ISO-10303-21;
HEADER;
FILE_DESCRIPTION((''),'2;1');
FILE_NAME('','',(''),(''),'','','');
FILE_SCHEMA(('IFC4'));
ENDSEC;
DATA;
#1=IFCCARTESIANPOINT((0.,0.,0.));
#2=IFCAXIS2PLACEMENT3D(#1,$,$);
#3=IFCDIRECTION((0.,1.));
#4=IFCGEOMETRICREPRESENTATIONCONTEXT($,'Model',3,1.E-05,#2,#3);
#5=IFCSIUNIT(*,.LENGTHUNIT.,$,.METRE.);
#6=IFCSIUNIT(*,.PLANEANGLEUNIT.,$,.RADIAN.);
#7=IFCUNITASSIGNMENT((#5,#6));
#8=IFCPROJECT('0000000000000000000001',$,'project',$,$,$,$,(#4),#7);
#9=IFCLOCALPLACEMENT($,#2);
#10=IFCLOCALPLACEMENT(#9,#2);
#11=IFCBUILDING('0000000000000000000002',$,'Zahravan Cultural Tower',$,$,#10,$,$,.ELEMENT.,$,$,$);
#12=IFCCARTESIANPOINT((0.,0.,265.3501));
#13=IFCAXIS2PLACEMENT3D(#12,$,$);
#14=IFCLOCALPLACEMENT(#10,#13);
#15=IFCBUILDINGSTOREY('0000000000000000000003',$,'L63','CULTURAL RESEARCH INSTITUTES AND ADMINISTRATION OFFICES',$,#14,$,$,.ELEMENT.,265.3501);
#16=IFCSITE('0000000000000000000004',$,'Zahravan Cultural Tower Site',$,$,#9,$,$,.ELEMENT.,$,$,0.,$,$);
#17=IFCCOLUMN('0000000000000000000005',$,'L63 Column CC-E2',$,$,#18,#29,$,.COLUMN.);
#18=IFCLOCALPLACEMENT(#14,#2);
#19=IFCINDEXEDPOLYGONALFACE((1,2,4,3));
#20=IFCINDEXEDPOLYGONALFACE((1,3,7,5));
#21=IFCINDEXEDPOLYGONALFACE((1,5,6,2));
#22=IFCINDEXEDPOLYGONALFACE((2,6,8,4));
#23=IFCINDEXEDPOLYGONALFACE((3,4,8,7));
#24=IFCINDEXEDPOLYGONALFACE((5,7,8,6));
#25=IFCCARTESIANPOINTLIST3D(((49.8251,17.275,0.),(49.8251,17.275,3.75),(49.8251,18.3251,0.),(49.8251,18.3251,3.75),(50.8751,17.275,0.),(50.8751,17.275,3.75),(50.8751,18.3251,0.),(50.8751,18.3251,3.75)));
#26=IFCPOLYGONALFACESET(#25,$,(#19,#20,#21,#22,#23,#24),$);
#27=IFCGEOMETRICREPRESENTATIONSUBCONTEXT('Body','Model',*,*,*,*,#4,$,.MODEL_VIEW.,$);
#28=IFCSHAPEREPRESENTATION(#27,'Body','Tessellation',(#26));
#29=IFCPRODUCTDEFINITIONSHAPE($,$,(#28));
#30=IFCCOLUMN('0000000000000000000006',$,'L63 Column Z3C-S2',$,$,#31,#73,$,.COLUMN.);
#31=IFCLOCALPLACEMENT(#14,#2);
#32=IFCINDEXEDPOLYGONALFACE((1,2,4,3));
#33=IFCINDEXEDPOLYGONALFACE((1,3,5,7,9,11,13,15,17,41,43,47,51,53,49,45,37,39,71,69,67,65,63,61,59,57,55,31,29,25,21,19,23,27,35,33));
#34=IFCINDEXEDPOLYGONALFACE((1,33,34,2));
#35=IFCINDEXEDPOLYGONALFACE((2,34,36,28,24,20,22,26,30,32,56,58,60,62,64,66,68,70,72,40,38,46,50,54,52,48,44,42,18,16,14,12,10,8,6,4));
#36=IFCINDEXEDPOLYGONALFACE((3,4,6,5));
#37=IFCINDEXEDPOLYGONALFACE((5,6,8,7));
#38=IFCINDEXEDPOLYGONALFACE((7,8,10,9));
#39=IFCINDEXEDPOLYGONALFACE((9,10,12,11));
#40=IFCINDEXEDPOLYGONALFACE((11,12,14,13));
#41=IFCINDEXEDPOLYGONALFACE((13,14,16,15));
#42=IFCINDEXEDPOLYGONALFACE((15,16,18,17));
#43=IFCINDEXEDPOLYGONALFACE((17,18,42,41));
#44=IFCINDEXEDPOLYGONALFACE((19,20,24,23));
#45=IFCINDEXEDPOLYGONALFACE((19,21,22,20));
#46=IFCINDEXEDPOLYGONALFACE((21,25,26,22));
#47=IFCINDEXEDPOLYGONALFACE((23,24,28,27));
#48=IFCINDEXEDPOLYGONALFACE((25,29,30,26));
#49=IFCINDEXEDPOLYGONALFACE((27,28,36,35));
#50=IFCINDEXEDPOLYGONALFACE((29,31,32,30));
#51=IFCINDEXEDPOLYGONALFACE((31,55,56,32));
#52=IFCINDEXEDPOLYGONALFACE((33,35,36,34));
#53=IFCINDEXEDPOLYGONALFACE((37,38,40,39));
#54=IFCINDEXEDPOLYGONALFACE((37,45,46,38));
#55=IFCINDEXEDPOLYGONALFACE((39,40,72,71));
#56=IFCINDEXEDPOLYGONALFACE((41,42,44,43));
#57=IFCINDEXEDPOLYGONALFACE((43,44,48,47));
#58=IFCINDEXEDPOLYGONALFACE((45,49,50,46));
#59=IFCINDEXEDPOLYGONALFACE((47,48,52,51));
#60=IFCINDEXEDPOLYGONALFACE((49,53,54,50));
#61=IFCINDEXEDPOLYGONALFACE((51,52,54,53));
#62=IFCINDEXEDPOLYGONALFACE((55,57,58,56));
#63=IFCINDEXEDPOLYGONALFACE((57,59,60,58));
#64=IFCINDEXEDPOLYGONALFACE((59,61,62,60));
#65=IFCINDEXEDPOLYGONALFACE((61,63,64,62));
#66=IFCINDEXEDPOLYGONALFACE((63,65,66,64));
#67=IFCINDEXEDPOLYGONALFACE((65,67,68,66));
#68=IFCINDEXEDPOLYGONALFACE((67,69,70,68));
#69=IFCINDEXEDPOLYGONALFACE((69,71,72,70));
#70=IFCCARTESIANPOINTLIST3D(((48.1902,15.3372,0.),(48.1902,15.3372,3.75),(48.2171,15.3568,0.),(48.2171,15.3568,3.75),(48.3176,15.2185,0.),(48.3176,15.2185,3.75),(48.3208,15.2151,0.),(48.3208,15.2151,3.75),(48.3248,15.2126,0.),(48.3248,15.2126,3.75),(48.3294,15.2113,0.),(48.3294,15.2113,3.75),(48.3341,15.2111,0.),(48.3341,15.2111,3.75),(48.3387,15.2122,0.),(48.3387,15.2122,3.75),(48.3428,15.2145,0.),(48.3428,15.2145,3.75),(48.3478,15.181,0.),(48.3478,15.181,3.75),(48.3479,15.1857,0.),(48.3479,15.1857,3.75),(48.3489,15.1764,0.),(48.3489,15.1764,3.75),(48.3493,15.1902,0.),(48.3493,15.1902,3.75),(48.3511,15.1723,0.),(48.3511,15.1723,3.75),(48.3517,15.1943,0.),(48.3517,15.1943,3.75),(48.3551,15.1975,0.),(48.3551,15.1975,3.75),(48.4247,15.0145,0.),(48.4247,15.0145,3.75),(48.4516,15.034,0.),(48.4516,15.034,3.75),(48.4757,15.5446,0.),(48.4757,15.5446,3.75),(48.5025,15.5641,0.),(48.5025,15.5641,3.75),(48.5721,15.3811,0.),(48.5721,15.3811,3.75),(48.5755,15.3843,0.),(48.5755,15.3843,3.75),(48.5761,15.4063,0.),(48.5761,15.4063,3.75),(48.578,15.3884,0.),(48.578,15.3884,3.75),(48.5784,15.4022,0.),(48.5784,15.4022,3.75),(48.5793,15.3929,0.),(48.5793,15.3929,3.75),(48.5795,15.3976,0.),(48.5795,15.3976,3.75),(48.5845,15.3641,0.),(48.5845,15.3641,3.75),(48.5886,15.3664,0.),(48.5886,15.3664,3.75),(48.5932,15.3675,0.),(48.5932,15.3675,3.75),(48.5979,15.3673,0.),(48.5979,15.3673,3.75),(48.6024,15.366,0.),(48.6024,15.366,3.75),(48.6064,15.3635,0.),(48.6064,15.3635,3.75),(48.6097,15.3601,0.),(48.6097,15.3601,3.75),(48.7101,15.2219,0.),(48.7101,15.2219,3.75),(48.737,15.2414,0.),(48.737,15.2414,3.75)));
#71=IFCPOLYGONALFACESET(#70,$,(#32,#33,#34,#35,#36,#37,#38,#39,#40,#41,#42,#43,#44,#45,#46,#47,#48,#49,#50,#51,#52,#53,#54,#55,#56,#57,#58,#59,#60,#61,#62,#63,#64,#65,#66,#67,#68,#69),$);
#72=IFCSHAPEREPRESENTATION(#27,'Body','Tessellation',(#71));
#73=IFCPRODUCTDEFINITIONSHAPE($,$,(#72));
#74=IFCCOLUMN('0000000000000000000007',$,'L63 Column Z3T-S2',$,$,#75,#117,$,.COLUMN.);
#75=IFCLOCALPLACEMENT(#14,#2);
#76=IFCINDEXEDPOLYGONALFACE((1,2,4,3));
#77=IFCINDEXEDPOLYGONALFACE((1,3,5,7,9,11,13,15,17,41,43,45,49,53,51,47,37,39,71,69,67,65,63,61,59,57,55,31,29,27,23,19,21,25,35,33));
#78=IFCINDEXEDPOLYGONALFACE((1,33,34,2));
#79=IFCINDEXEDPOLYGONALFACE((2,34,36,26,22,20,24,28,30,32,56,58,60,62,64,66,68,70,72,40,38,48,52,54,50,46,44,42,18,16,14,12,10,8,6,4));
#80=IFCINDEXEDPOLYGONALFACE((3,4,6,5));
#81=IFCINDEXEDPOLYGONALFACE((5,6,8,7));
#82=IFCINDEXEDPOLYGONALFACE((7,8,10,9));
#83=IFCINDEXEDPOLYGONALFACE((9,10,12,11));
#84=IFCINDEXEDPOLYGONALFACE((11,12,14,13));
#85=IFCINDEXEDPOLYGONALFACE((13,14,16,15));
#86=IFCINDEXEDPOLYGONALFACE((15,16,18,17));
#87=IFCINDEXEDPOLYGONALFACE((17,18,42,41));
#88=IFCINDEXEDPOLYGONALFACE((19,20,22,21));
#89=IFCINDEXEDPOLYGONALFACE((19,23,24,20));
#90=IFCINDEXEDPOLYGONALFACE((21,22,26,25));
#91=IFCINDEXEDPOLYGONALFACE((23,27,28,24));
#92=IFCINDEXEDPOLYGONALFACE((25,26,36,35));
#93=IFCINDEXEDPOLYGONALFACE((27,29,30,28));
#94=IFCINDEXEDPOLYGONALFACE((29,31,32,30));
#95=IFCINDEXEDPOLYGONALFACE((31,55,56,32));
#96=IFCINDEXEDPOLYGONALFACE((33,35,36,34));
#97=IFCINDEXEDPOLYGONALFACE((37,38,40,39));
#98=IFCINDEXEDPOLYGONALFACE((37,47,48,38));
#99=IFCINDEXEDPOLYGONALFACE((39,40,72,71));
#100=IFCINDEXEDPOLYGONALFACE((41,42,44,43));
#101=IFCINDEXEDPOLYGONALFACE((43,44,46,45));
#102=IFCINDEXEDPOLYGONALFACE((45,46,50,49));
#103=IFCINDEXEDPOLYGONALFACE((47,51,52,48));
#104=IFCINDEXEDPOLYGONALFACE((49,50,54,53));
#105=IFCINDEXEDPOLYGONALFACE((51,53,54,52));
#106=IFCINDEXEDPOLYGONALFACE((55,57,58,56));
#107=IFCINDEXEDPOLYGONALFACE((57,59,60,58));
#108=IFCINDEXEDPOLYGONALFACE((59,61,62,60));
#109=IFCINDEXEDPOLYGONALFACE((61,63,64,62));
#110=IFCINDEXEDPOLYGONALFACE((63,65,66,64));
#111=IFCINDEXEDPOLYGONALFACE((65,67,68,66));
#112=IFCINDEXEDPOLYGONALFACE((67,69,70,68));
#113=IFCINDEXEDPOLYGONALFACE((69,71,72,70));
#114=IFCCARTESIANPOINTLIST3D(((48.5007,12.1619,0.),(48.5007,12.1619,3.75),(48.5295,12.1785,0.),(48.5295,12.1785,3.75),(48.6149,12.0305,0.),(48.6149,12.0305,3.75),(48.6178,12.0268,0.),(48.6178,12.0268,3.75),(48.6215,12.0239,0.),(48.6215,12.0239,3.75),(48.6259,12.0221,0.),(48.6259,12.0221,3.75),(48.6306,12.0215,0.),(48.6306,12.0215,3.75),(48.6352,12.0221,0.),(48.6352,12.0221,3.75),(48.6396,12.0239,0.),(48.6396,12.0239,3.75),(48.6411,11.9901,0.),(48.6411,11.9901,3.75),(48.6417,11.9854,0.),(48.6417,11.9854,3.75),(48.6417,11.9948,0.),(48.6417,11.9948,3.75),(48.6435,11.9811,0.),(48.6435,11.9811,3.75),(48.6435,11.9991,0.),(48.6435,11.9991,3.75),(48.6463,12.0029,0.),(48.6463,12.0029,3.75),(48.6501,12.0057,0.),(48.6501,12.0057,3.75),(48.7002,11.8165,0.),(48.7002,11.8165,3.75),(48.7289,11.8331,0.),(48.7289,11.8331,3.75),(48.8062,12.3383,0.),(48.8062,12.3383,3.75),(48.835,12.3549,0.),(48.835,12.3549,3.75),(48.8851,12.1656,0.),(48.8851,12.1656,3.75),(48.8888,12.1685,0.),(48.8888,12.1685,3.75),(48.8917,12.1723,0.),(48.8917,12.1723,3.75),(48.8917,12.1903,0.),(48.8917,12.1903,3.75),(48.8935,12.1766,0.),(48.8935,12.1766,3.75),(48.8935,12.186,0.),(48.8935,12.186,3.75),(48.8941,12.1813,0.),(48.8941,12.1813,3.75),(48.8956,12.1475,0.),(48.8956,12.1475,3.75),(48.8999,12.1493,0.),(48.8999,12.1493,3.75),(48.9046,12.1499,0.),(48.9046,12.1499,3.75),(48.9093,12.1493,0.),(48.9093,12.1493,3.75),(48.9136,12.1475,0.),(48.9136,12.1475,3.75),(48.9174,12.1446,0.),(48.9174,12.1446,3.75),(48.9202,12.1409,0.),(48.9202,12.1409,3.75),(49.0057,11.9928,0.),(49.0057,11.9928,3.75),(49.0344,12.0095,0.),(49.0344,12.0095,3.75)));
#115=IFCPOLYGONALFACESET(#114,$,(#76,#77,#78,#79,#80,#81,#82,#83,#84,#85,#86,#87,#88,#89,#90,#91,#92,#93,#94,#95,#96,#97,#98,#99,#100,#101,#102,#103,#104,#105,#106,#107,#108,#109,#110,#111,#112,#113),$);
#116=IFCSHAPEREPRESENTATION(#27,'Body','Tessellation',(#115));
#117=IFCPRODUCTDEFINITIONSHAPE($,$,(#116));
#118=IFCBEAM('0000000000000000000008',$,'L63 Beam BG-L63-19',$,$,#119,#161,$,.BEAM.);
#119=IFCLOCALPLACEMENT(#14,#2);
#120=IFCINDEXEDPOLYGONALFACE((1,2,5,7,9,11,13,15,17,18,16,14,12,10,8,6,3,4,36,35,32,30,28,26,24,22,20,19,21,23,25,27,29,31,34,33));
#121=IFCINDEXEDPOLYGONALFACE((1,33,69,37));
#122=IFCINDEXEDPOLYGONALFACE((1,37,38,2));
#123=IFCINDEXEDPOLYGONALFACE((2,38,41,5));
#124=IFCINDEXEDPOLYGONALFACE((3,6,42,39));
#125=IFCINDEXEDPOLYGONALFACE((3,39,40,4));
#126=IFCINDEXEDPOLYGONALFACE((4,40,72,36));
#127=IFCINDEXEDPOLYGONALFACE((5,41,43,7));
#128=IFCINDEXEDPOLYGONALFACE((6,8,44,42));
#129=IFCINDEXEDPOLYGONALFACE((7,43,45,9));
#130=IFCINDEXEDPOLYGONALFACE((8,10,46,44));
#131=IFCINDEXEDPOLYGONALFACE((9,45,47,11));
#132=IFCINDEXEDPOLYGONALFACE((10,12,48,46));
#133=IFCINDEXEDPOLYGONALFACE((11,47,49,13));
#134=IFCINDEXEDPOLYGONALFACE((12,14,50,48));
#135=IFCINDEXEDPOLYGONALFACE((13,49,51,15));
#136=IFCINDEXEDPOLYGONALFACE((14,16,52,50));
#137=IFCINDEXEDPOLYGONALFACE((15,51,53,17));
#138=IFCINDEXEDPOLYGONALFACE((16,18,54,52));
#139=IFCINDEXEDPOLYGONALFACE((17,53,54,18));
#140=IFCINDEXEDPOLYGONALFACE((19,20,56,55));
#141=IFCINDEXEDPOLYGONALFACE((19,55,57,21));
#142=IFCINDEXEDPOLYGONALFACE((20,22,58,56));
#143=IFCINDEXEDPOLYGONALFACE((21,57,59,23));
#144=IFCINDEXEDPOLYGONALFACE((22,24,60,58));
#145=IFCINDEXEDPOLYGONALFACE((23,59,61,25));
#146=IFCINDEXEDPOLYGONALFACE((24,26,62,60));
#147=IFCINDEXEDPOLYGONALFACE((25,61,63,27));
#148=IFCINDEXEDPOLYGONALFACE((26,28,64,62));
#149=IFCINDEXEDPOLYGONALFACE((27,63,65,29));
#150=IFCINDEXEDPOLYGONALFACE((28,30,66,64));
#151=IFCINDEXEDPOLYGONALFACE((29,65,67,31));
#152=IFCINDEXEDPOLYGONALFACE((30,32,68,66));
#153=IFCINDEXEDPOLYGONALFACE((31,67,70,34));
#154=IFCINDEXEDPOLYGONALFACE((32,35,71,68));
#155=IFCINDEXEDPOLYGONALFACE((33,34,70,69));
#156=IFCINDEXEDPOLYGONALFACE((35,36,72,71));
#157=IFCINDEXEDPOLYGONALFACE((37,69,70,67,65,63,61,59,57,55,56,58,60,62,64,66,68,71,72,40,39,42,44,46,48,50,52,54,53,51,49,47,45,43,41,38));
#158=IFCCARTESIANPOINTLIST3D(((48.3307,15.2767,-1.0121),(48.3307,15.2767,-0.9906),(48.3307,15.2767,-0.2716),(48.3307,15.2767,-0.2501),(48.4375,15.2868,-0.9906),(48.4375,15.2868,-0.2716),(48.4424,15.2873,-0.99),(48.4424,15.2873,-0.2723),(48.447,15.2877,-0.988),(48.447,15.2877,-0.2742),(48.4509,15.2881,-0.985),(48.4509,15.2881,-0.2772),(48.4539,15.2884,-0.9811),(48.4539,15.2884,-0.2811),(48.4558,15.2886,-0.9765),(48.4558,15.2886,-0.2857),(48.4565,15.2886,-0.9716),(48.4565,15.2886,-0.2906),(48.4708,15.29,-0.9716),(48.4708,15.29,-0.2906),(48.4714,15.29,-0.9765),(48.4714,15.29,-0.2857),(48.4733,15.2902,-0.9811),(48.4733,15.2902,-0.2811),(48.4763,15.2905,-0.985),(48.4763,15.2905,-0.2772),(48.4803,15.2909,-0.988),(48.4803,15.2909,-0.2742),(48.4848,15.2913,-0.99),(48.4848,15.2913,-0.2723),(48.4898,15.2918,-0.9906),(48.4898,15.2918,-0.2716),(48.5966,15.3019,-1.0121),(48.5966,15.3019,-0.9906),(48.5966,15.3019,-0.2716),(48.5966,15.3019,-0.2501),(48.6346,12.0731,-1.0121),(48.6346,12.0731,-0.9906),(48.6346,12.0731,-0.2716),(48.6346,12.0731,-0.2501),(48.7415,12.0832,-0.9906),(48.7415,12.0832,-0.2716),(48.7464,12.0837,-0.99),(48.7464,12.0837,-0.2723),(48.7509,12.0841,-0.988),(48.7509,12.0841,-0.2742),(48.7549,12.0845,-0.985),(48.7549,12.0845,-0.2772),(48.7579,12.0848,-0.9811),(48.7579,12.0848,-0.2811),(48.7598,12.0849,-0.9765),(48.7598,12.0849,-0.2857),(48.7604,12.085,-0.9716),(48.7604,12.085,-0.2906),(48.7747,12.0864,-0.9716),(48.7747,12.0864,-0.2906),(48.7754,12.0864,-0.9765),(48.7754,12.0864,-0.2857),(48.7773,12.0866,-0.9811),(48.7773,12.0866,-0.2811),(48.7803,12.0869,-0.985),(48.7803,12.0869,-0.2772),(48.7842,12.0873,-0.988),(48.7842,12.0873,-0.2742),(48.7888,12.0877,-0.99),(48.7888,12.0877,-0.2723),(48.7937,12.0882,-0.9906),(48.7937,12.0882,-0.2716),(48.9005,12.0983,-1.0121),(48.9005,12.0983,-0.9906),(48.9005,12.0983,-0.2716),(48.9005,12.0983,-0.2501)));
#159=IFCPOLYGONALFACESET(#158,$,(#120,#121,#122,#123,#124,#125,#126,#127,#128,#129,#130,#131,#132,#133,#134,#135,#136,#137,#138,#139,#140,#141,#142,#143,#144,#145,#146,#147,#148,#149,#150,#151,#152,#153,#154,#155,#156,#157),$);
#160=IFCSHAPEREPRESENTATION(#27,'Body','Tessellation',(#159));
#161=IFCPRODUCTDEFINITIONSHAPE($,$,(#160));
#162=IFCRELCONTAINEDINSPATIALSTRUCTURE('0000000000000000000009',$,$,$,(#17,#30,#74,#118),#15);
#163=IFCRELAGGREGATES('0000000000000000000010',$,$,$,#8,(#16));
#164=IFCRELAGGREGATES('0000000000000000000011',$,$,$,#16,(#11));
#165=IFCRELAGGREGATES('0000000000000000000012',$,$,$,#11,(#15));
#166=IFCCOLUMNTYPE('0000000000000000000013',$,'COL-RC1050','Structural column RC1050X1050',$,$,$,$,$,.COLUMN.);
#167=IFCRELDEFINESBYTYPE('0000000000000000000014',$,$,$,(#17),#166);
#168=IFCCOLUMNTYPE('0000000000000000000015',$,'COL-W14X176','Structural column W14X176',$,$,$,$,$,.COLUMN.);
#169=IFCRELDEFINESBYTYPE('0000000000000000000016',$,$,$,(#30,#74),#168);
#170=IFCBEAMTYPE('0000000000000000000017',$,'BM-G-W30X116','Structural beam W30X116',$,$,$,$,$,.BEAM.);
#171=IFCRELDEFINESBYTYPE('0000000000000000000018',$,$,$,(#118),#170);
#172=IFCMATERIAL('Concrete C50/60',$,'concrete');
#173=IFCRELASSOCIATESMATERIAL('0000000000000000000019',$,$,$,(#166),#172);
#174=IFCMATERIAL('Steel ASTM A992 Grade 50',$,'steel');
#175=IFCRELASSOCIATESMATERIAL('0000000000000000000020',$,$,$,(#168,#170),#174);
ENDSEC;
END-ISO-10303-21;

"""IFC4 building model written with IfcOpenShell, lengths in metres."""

from ifc_helpers import new_model, si_unit, direction, frame, origin, origin_2d, place, context, subcontext, project, spatial, rectangle, i_section, extrude, source, transform, mapped, material, material_profile, profile_set, type_object, element, save


model = new_model("IFC4")

# Units and contexts
model_context = context("Model", 3, precision=1e-05, world=origin(), true_north=direction((0.0, 1.0)))
body_context = subcontext(model_context, "Body", "Model", "MODEL_VIEW")
ifc_project = project(units=[si_unit("LENGTHUNIT", "METRE"), si_unit("PLANEANGLEUNIT", "RADIAN")], contexts=[model_context])

# Site, building, storey
site_placement = place(None, origin())
site = spatial("IfcSite", under=ifc_project, at=site_placement, Name="Zahravan Cultural Tower Site", CompositionType="ELEMENT", RefElevation=0.0)
building_placement = place(site_placement, origin())
building = spatial("IfcBuilding", under=site, at=building_placement, Name="Zahravan Cultural Tower", CompositionType="ELEMENT")
storey_placement = place(building_placement, frame((0.0, 0.0, 265.3501)))
storey = spatial("IfcBuildingStorey", under=building, at=storey_placement, Name="L63", Description="CULTURAL RESEARCH INSTITUTES AND ADMINISTRATION OFFICES", CompositionType="ELEMENT", Elevation=265.3501)

# Columns
ifc_material_1 = material(Name="Concrete C50/60", Category="concrete")
ifc_material_profile_1 = material_profile(ifc_material_1, rectangle(XDim=1.05, YDim=1.05, at=origin_2d()), Name="RC1050X1050")
ifc_profile_set_1 = profile_set([ifc_material_profile_1], Name="Concrete C50/60")
column_type_1 = type_object("IfcColumnType", Name="COL-RC1050", Description="Structural column RC1050X1050", PredefinedType="COLUMN", material=ifc_profile_set_1)
shared_shape_1 = source(origin(), body_context, "Body", "SweptSolid", [
    extrude(rectangle(XDim=1.05, YDim=1.05, at=origin_2d()), origin(), (0.0, 0.0, 1.0), 3.75),
])
column_placement = place(storey_placement, frame((50.3501, 17.8, 0.0), z_axis=(0.0, 0.0, 1.0), x_axis=(1.0, 0.0, 0.0)))
element("IfcColumn", 1, at=column_placement, inside=storey, type_object=column_type_1, Name="L63 Column CC-E2", PredefinedType="COLUMN", context=body_context, shape_type="MappedRepresentation", body=[
    mapped(shared_shape_1, transform((0.0, 0.0, 0.0), x_axis=(1.0, 0.0, 0.0), y_axis=(0.0, 1.0, 0.0), z_axis=(0.0, 0.0, 1.0), scale=1.0)),
])
ifc_material_2 = material(Name="Steel ASTM A992 Grade 50", Category="steel")
ifc_material_profile_2 = material_profile(ifc_material_2, i_section(OverallWidth=0.3989, OverallDepth=0.386, WebThickness=0.021, FlangeThickness=0.0332, FilletRadius=0.0181, at=origin_2d()), Name="W14X176")
ifc_profile_set_2 = profile_set([ifc_material_profile_2], Name="Steel ASTM A992 Grade 50")
column_type_2 = type_object("IfcColumnType", Name="COL-W14X176", Description="Structural column W14X176", PredefinedType="COLUMN", material=ifc_profile_set_2)
shared_shape_2 = source(origin(), body_context, "Body", "SweptSolid", [
    extrude(i_section(OverallWidth=0.3989, OverallDepth=0.386, WebThickness=0.021, FlangeThickness=0.0332, FilletRadius=0.0181, at=origin_2d()), origin(), (0.0, 0.0, 1.0), 3.75),
])
for number, where, z_axis, x_axis, name in (
    (2, (48.4636, 15.2893, 0.0), (0.0, 0.0, 1.0), (-0.587785, 0.809017, 0.0), "L63 Column Z3C-S2"),
    (3, (48.7676, 12.0857, 0.0), (0.0, 0.0, 1.0), (-0.5, 0.866025, 0.0), "L63 Column Z3T-S2"),
):
    element("IfcColumn", number, at=place(storey_placement, frame(where, z_axis=z_axis, x_axis=x_axis)), inside=storey, type_object=column_type_2, Name=name, PredefinedType="COLUMN", context=body_context, shape_type="MappedRepresentation", body=[
        mapped(shared_shape_2, transform((0.0, 0.0, 0.0), x_axis=(1.0, 0.0, 0.0), y_axis=(0.0, 1.0, 0.0), z_axis=(0.0, 0.0, 1.0), scale=1.0)),
    ])

# Beam
ifc_material_profile_3 = material_profile(ifc_material_2, i_section(OverallWidth=0.2671, OverallDepth=0.762, WebThickness=0.0144, FlangeThickness=0.0215, FilletRadius=0.019, at=origin_2d()), Name="W30X116")
ifc_profile_set_3 = profile_set([ifc_material_profile_3], Name="Steel ASTM A992 Grade 50")
beam_type = type_object("IfcBeamType", Name="BM-G-W30X116", Description="Structural beam W30X116", PredefinedType="BEAM", material=ifc_profile_set_3)
shared_shape_3 = source(origin(), body_context, "Body", "SweptSolid", [
    extrude(i_section(OverallWidth=0.2671, OverallDepth=0.762, WebThickness=0.0144, FlangeThickness=0.0215, FilletRadius=0.019, at=origin_2d()), origin(), (0.0, 0.0, 1.0), 3.218),
])
beam_placement = place(storey_placement, frame((48.4636, 15.2893, -0.6311), z_axis=(0.094455, -0.995529, 0.0), x_axis=(0.995529, 0.094455, 0.0)))
element("IfcBeam", 4, at=beam_placement, inside=storey, type_object=beam_type, Name="L63 Beam BG-L63-19", PredefinedType="BEAM", context=body_context, shape_type="MappedRepresentation", body=[
    mapped(shared_shape_3, transform((0.0, 0.0, 0.0), x_axis=(1.0, 0.0, 0.0), y_axis=(0.0, 1.0, 0.0), z_axis=(0.0, 0.0, 1.0), scale=1.0)),
])

save(model, "model.ifc")
